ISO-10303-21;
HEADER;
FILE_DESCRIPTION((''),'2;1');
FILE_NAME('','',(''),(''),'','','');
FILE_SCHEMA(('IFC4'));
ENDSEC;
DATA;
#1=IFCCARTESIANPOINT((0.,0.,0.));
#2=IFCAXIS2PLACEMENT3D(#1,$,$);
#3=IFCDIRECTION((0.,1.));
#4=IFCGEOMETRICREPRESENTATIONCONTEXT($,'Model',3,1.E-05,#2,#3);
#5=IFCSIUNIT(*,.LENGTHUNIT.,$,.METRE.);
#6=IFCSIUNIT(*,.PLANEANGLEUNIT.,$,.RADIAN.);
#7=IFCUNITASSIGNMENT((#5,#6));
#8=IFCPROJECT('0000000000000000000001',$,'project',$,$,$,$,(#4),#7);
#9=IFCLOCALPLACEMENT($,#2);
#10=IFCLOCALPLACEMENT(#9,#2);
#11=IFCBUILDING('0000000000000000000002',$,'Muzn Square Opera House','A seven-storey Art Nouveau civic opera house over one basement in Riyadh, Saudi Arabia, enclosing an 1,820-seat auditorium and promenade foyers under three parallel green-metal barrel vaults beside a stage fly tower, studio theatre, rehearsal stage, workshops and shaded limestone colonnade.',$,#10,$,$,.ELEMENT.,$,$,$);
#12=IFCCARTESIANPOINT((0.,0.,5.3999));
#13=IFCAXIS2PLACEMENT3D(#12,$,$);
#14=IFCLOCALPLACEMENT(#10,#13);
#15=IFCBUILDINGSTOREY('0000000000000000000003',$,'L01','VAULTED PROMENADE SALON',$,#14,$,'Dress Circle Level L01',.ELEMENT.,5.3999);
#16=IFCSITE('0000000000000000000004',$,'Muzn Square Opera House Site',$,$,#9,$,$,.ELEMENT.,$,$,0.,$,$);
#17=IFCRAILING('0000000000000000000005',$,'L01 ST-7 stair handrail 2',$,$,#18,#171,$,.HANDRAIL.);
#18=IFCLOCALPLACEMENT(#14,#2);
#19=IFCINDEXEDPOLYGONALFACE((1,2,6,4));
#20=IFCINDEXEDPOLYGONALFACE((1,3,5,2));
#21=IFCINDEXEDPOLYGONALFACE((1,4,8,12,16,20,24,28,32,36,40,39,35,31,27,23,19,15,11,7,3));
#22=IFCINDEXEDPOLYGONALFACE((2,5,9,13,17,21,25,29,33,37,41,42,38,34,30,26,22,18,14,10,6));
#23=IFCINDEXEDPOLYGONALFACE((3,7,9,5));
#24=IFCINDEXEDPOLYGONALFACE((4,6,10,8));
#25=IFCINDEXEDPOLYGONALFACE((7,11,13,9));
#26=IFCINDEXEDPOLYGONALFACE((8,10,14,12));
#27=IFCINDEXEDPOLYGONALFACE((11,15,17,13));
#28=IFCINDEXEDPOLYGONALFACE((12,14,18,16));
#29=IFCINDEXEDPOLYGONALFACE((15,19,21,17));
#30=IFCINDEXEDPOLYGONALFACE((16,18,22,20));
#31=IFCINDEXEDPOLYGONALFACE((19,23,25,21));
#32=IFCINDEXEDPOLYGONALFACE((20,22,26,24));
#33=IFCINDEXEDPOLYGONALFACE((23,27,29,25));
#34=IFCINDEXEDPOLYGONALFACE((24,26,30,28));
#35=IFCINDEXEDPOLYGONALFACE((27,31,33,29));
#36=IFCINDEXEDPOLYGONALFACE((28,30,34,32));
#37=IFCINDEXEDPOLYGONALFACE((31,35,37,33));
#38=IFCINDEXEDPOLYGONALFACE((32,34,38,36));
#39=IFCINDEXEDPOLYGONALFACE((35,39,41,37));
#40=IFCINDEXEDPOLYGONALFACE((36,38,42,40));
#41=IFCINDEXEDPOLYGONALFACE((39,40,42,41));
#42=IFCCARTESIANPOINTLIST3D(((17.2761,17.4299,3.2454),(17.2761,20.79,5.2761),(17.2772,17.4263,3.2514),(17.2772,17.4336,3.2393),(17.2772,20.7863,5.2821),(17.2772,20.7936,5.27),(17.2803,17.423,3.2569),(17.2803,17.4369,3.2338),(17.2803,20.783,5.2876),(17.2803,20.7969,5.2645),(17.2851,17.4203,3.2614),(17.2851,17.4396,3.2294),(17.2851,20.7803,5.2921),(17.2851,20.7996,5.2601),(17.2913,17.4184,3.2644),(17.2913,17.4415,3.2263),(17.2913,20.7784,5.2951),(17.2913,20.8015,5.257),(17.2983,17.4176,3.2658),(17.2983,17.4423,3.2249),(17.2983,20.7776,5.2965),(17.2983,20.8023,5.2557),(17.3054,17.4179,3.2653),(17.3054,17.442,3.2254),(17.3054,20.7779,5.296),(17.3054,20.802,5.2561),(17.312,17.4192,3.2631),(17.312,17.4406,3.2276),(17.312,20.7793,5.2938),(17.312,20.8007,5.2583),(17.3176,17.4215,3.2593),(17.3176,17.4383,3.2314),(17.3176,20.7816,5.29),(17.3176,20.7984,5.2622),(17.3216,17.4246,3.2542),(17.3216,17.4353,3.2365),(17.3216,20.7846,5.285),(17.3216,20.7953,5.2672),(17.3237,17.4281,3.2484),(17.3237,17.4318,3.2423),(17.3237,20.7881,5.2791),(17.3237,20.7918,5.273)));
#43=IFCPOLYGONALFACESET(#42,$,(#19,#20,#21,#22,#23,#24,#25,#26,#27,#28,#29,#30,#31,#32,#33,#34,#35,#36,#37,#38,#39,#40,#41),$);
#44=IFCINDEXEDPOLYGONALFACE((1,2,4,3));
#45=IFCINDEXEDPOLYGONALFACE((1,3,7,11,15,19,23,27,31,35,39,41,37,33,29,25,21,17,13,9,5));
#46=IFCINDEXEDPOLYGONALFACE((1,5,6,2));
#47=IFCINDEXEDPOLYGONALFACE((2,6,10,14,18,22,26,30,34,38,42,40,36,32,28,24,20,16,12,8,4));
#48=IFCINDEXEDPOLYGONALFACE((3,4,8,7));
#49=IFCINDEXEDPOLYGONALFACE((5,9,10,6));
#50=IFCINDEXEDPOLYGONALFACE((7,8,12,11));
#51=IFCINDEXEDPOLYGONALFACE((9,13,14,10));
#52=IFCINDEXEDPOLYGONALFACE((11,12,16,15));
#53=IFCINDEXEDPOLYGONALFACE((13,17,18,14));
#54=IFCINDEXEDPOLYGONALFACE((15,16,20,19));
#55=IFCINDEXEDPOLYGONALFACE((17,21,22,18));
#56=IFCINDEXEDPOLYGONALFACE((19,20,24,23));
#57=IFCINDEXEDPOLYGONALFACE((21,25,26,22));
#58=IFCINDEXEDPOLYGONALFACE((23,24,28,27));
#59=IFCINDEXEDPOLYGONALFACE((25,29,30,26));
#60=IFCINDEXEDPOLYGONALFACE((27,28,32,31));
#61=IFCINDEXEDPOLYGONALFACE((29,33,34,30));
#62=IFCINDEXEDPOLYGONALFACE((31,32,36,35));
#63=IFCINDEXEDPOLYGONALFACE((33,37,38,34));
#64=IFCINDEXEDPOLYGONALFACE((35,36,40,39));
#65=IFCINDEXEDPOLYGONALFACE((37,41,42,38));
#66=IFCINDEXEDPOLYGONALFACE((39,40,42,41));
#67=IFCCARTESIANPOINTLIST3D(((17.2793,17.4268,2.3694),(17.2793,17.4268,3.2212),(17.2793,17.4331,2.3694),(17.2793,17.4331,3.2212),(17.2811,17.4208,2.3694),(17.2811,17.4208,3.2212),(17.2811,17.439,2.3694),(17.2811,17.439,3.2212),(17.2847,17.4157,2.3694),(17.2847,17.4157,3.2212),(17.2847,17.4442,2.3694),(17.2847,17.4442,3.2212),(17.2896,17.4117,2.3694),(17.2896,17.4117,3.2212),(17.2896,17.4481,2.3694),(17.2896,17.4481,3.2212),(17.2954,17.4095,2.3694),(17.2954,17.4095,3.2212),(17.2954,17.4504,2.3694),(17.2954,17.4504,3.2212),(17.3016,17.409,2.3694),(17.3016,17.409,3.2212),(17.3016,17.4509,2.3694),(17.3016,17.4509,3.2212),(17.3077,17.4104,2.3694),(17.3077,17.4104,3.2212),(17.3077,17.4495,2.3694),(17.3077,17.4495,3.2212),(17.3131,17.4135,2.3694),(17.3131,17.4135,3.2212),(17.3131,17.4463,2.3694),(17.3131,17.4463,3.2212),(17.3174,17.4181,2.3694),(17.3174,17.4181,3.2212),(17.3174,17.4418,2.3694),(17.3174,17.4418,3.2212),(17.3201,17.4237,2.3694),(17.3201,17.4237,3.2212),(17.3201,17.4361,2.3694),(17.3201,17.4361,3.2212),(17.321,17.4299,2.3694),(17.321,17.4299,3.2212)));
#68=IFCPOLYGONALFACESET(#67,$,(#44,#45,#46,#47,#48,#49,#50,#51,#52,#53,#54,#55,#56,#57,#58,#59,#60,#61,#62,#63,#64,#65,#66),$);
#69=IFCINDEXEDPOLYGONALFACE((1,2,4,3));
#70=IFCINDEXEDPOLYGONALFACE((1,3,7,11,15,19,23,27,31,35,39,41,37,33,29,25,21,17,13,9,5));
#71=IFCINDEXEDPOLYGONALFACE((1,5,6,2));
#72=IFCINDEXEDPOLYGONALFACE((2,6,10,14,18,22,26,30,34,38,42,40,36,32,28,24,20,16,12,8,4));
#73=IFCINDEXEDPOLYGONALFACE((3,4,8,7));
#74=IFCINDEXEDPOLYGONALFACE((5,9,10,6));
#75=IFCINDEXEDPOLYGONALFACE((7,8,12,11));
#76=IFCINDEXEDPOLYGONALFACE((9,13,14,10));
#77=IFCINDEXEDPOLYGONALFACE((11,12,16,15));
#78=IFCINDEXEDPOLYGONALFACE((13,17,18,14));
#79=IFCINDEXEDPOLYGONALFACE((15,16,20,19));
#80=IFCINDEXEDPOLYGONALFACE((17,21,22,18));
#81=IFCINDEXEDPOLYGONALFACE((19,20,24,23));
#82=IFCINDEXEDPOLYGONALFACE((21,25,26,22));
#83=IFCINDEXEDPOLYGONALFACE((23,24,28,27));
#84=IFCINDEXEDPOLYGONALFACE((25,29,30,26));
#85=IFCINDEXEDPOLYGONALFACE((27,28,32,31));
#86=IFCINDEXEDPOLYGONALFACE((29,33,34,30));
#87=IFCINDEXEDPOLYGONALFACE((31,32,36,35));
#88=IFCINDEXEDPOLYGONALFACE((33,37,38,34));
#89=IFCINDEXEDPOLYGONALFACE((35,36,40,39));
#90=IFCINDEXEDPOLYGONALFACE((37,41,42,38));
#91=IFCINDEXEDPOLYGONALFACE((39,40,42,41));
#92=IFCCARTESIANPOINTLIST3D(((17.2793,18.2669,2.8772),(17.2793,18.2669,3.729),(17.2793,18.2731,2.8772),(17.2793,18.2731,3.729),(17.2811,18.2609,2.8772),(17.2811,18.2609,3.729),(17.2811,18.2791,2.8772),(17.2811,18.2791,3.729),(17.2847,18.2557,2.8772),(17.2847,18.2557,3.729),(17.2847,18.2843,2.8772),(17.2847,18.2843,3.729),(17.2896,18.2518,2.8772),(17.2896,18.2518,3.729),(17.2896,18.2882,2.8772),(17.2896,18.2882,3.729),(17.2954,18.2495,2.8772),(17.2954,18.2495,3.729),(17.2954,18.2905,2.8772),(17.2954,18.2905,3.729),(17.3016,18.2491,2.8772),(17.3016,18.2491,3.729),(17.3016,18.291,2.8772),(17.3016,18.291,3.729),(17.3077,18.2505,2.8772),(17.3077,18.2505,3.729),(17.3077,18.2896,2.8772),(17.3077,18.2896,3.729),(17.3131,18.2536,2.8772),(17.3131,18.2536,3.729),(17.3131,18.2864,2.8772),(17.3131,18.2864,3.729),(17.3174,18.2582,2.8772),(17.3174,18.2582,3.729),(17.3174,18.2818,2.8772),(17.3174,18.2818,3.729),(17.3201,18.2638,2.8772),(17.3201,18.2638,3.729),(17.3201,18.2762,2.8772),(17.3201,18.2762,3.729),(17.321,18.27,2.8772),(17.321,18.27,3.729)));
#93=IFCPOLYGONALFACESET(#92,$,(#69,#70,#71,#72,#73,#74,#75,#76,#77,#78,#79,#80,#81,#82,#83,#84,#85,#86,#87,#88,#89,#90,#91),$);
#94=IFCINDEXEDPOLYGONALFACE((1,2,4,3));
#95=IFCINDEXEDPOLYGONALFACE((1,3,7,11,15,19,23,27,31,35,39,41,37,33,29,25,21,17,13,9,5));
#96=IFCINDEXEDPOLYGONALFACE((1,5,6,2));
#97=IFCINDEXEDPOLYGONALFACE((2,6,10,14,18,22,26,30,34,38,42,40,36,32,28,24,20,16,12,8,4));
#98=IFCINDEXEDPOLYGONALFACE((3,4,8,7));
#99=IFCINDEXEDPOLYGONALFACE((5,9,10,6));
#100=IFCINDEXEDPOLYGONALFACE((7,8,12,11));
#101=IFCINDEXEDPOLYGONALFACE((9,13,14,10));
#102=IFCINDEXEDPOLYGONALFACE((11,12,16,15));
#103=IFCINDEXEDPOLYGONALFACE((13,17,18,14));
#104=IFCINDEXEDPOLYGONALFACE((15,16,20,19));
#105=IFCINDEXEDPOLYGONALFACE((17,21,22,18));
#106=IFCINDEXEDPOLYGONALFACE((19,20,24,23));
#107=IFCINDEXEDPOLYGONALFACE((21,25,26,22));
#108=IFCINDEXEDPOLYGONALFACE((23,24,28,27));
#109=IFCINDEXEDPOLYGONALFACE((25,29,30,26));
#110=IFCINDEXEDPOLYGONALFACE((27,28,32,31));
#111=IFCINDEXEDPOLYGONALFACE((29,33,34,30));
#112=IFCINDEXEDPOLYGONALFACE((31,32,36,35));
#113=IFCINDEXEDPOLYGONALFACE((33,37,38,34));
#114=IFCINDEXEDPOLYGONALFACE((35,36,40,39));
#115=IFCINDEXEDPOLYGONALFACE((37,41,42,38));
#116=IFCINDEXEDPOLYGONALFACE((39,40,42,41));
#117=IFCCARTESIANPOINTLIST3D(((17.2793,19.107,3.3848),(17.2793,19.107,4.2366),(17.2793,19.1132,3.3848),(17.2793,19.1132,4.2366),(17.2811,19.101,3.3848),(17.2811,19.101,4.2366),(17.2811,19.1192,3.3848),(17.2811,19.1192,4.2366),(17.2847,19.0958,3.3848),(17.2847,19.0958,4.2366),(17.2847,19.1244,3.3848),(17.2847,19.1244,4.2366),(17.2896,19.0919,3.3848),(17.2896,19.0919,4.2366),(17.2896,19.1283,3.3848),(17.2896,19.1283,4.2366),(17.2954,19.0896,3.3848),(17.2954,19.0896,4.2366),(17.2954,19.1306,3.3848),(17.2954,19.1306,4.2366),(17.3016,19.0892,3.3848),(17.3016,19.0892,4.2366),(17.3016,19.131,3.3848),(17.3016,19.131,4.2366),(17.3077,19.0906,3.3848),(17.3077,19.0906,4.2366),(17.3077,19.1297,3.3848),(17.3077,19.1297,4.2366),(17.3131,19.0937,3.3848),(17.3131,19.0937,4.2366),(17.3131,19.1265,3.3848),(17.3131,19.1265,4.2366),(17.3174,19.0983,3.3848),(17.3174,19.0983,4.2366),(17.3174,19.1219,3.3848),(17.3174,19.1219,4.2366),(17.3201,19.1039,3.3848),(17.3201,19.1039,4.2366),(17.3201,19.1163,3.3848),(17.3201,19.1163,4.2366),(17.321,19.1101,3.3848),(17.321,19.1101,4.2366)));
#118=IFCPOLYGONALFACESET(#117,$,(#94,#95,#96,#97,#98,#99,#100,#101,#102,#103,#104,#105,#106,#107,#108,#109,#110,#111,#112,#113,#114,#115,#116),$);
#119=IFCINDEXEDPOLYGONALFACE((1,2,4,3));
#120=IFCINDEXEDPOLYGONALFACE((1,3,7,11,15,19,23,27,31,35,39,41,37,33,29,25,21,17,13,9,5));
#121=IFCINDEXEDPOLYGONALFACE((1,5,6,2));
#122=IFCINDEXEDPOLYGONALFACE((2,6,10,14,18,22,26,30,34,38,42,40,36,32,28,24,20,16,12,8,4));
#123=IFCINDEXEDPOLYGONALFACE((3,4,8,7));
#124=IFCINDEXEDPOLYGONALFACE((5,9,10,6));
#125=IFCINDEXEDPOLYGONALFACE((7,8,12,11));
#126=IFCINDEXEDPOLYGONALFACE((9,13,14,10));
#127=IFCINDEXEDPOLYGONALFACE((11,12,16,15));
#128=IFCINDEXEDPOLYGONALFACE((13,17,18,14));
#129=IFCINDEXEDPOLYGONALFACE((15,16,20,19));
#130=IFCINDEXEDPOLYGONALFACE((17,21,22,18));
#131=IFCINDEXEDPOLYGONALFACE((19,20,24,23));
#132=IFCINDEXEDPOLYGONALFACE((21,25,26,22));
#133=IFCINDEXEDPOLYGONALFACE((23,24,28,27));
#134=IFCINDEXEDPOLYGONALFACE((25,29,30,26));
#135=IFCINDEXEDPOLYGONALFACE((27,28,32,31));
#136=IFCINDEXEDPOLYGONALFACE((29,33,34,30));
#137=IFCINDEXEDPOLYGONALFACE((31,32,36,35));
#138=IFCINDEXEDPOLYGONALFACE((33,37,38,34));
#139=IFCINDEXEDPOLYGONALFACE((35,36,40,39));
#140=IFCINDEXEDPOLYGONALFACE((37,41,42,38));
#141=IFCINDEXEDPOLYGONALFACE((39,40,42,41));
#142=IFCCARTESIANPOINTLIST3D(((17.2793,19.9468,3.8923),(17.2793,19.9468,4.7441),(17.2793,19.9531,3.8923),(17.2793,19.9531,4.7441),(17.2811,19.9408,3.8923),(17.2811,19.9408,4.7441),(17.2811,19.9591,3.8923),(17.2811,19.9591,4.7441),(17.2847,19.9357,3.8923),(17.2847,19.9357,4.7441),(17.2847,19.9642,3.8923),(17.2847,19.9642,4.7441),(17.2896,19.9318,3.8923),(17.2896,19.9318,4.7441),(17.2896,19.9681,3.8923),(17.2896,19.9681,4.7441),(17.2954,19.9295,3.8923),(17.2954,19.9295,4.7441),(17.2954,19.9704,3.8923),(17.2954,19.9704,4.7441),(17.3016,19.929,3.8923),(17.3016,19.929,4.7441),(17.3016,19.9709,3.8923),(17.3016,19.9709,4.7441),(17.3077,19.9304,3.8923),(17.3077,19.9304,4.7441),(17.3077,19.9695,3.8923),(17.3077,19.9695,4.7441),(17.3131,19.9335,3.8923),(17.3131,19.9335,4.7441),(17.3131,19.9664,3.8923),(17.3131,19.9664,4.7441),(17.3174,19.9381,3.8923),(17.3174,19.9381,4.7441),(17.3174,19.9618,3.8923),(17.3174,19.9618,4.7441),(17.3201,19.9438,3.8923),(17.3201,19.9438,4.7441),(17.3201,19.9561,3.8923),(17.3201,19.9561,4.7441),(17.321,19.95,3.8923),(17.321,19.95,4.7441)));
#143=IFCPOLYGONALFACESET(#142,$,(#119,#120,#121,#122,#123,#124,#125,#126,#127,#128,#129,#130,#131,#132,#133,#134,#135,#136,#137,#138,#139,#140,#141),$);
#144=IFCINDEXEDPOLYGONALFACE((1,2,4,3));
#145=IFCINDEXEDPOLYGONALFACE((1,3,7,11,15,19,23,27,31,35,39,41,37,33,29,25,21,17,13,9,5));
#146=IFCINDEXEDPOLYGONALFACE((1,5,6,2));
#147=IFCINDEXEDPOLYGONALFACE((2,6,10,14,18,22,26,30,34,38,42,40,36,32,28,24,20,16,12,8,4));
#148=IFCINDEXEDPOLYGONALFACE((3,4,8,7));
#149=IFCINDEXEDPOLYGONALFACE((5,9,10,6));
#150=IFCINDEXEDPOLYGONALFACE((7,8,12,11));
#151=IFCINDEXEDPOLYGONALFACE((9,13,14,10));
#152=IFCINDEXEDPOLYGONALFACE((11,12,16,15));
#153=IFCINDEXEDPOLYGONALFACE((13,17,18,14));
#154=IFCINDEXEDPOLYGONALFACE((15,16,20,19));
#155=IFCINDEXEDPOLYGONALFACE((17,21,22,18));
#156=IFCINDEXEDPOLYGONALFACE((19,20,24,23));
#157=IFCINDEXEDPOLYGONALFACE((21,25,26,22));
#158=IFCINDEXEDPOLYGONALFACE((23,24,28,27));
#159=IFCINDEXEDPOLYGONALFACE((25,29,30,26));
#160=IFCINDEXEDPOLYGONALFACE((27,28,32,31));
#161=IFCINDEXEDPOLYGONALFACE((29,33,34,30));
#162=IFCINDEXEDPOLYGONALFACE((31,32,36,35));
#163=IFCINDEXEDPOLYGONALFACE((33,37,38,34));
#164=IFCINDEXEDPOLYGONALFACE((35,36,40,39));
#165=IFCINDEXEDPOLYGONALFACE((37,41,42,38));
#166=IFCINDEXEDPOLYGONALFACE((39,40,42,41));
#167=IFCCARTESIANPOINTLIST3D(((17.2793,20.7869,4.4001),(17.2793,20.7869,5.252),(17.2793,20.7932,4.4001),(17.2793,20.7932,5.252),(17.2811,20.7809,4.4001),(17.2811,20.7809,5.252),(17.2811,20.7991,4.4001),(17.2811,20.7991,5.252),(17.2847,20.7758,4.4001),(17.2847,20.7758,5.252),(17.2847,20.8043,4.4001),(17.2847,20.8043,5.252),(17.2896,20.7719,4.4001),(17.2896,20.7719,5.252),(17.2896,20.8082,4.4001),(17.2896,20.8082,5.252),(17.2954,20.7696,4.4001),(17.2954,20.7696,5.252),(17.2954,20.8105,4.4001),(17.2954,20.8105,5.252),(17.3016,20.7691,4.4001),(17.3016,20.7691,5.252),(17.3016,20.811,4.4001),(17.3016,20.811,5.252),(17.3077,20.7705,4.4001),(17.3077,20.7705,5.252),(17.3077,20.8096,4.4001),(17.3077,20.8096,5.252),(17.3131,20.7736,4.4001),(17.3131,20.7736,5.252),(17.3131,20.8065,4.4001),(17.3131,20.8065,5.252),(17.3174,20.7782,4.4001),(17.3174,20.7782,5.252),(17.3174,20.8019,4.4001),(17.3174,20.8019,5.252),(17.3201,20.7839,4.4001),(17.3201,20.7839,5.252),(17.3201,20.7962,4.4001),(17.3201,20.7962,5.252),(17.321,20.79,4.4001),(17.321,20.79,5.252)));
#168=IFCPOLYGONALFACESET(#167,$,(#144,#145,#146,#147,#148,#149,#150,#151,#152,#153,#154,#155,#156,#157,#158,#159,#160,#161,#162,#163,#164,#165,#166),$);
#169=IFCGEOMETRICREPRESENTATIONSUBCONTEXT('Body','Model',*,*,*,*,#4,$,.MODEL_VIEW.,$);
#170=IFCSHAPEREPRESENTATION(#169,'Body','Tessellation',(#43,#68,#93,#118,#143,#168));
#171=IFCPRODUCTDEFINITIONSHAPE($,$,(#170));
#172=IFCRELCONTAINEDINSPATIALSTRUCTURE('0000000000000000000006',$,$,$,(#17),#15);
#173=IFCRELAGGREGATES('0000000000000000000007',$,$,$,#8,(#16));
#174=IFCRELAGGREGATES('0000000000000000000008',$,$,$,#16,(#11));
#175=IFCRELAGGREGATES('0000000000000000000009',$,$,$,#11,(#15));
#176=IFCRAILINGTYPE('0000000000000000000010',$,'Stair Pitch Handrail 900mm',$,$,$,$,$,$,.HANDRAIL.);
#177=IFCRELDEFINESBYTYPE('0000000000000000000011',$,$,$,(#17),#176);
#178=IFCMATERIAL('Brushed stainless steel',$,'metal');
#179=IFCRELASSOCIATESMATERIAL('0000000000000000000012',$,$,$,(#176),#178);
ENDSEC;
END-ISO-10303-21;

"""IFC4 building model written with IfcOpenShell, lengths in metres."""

from ifc_helpers import new_model, si_unit, direction, frame, origin, origin_2d, place, context, subcontext, project, spatial, circle, extrude, material, type_object, element, save


model = new_model("IFC4")

# Units and contexts
model_context = context("Model", 3, precision=1e-05, world=origin(), true_north=direction((0.0, 1.0)))
body_context = subcontext(model_context, "Body", "Model", "MODEL_VIEW")
ifc_project = project(units=[si_unit("LENGTHUNIT", "METRE"), si_unit("PLANEANGLEUNIT", "RADIAN")], contexts=[model_context])

# Site, building, storey
site_placement = place(None, origin())
site = spatial("IfcSite", under=ifc_project, at=site_placement, Name="Muzn Square Opera House Site", CompositionType="ELEMENT", RefElevation=0.0)
building_placement = place(site_placement, origin())
building = spatial("IfcBuilding", under=site, at=building_placement, Name="Muzn Square Opera House", Description="A seven-storey Art Nouveau civic opera house over one basement in Riyadh, Saudi Arabia, enclosing an 1,820-seat auditorium and promenade foyers under three parallel green-metal barrel vaults beside a stage fly tower, studio theatre, rehearsal stage, workshops and shaded limestone colonnade.", CompositionType="ELEMENT")
storey_placement = place(building_placement, frame((0.0, 0.0, 5.3999)))
storey = spatial("IfcBuildingStorey", under=building, at=storey_placement, Name="L01", Description="VAULTED PROMENADE SALON", LongName="Dress Circle Level L01", CompositionType="ELEMENT", Elevation=5.3999)

# Railing
ifc_material_1 = material(Name="Brushed stainless steel", Category="metal")
railing_type_1 = type_object("IfcRailingType", Name="Stair Pitch Handrail 900mm", PredefinedType="HANDRAIL", material=ifc_material_1)
railing_1_placement = place(storey_placement, frame((17.3, 17.4299, 2.3694)))
element("IfcRailing", 1, at=railing_1_placement, inside=storey, type_object=railing_type_1, Name="L01 ST-7 stair handrail 2", PredefinedType="HANDRAIL", context=body_context, shape_type="SweptSolid", body=[
    extrude(circle(Radius=0.0239, at=origin_2d()), frame((0.0, 0.0, 0.876), z_axis=(0.0, 0.855837, 0.517246), x_axis=(-1.0, 0.0, 0.0)), (0.0, 0.0, 1.0), 3.926),
    extrude(circle(Radius=0.021, at=origin_2d()), origin(), (0.0, 0.0, 1.0), 0.8518),
    extrude(circle(Radius=0.021, at=origin_2d()), frame((0.0, 0.8401, 0.5078)), (0.0, 0.0, 1.0), 0.8518),
    extrude(circle(Radius=0.021, at=origin_2d()), frame((0.0, 1.6802, 1.0154)), (0.0, 0.0, 1.0), 0.8518),
    extrude(circle(Radius=0.021, at=origin_2d()), frame((0.0, 2.52, 1.5229)), (0.0, 0.0, 1.0), 0.8518),
    extrude(circle(Radius=0.021, at=origin_2d()), frame((0.0, 3.3601, 2.0308)), (0.0, 0.0, 1.0), 0.8518),
])

save(model, "model.ifc")
